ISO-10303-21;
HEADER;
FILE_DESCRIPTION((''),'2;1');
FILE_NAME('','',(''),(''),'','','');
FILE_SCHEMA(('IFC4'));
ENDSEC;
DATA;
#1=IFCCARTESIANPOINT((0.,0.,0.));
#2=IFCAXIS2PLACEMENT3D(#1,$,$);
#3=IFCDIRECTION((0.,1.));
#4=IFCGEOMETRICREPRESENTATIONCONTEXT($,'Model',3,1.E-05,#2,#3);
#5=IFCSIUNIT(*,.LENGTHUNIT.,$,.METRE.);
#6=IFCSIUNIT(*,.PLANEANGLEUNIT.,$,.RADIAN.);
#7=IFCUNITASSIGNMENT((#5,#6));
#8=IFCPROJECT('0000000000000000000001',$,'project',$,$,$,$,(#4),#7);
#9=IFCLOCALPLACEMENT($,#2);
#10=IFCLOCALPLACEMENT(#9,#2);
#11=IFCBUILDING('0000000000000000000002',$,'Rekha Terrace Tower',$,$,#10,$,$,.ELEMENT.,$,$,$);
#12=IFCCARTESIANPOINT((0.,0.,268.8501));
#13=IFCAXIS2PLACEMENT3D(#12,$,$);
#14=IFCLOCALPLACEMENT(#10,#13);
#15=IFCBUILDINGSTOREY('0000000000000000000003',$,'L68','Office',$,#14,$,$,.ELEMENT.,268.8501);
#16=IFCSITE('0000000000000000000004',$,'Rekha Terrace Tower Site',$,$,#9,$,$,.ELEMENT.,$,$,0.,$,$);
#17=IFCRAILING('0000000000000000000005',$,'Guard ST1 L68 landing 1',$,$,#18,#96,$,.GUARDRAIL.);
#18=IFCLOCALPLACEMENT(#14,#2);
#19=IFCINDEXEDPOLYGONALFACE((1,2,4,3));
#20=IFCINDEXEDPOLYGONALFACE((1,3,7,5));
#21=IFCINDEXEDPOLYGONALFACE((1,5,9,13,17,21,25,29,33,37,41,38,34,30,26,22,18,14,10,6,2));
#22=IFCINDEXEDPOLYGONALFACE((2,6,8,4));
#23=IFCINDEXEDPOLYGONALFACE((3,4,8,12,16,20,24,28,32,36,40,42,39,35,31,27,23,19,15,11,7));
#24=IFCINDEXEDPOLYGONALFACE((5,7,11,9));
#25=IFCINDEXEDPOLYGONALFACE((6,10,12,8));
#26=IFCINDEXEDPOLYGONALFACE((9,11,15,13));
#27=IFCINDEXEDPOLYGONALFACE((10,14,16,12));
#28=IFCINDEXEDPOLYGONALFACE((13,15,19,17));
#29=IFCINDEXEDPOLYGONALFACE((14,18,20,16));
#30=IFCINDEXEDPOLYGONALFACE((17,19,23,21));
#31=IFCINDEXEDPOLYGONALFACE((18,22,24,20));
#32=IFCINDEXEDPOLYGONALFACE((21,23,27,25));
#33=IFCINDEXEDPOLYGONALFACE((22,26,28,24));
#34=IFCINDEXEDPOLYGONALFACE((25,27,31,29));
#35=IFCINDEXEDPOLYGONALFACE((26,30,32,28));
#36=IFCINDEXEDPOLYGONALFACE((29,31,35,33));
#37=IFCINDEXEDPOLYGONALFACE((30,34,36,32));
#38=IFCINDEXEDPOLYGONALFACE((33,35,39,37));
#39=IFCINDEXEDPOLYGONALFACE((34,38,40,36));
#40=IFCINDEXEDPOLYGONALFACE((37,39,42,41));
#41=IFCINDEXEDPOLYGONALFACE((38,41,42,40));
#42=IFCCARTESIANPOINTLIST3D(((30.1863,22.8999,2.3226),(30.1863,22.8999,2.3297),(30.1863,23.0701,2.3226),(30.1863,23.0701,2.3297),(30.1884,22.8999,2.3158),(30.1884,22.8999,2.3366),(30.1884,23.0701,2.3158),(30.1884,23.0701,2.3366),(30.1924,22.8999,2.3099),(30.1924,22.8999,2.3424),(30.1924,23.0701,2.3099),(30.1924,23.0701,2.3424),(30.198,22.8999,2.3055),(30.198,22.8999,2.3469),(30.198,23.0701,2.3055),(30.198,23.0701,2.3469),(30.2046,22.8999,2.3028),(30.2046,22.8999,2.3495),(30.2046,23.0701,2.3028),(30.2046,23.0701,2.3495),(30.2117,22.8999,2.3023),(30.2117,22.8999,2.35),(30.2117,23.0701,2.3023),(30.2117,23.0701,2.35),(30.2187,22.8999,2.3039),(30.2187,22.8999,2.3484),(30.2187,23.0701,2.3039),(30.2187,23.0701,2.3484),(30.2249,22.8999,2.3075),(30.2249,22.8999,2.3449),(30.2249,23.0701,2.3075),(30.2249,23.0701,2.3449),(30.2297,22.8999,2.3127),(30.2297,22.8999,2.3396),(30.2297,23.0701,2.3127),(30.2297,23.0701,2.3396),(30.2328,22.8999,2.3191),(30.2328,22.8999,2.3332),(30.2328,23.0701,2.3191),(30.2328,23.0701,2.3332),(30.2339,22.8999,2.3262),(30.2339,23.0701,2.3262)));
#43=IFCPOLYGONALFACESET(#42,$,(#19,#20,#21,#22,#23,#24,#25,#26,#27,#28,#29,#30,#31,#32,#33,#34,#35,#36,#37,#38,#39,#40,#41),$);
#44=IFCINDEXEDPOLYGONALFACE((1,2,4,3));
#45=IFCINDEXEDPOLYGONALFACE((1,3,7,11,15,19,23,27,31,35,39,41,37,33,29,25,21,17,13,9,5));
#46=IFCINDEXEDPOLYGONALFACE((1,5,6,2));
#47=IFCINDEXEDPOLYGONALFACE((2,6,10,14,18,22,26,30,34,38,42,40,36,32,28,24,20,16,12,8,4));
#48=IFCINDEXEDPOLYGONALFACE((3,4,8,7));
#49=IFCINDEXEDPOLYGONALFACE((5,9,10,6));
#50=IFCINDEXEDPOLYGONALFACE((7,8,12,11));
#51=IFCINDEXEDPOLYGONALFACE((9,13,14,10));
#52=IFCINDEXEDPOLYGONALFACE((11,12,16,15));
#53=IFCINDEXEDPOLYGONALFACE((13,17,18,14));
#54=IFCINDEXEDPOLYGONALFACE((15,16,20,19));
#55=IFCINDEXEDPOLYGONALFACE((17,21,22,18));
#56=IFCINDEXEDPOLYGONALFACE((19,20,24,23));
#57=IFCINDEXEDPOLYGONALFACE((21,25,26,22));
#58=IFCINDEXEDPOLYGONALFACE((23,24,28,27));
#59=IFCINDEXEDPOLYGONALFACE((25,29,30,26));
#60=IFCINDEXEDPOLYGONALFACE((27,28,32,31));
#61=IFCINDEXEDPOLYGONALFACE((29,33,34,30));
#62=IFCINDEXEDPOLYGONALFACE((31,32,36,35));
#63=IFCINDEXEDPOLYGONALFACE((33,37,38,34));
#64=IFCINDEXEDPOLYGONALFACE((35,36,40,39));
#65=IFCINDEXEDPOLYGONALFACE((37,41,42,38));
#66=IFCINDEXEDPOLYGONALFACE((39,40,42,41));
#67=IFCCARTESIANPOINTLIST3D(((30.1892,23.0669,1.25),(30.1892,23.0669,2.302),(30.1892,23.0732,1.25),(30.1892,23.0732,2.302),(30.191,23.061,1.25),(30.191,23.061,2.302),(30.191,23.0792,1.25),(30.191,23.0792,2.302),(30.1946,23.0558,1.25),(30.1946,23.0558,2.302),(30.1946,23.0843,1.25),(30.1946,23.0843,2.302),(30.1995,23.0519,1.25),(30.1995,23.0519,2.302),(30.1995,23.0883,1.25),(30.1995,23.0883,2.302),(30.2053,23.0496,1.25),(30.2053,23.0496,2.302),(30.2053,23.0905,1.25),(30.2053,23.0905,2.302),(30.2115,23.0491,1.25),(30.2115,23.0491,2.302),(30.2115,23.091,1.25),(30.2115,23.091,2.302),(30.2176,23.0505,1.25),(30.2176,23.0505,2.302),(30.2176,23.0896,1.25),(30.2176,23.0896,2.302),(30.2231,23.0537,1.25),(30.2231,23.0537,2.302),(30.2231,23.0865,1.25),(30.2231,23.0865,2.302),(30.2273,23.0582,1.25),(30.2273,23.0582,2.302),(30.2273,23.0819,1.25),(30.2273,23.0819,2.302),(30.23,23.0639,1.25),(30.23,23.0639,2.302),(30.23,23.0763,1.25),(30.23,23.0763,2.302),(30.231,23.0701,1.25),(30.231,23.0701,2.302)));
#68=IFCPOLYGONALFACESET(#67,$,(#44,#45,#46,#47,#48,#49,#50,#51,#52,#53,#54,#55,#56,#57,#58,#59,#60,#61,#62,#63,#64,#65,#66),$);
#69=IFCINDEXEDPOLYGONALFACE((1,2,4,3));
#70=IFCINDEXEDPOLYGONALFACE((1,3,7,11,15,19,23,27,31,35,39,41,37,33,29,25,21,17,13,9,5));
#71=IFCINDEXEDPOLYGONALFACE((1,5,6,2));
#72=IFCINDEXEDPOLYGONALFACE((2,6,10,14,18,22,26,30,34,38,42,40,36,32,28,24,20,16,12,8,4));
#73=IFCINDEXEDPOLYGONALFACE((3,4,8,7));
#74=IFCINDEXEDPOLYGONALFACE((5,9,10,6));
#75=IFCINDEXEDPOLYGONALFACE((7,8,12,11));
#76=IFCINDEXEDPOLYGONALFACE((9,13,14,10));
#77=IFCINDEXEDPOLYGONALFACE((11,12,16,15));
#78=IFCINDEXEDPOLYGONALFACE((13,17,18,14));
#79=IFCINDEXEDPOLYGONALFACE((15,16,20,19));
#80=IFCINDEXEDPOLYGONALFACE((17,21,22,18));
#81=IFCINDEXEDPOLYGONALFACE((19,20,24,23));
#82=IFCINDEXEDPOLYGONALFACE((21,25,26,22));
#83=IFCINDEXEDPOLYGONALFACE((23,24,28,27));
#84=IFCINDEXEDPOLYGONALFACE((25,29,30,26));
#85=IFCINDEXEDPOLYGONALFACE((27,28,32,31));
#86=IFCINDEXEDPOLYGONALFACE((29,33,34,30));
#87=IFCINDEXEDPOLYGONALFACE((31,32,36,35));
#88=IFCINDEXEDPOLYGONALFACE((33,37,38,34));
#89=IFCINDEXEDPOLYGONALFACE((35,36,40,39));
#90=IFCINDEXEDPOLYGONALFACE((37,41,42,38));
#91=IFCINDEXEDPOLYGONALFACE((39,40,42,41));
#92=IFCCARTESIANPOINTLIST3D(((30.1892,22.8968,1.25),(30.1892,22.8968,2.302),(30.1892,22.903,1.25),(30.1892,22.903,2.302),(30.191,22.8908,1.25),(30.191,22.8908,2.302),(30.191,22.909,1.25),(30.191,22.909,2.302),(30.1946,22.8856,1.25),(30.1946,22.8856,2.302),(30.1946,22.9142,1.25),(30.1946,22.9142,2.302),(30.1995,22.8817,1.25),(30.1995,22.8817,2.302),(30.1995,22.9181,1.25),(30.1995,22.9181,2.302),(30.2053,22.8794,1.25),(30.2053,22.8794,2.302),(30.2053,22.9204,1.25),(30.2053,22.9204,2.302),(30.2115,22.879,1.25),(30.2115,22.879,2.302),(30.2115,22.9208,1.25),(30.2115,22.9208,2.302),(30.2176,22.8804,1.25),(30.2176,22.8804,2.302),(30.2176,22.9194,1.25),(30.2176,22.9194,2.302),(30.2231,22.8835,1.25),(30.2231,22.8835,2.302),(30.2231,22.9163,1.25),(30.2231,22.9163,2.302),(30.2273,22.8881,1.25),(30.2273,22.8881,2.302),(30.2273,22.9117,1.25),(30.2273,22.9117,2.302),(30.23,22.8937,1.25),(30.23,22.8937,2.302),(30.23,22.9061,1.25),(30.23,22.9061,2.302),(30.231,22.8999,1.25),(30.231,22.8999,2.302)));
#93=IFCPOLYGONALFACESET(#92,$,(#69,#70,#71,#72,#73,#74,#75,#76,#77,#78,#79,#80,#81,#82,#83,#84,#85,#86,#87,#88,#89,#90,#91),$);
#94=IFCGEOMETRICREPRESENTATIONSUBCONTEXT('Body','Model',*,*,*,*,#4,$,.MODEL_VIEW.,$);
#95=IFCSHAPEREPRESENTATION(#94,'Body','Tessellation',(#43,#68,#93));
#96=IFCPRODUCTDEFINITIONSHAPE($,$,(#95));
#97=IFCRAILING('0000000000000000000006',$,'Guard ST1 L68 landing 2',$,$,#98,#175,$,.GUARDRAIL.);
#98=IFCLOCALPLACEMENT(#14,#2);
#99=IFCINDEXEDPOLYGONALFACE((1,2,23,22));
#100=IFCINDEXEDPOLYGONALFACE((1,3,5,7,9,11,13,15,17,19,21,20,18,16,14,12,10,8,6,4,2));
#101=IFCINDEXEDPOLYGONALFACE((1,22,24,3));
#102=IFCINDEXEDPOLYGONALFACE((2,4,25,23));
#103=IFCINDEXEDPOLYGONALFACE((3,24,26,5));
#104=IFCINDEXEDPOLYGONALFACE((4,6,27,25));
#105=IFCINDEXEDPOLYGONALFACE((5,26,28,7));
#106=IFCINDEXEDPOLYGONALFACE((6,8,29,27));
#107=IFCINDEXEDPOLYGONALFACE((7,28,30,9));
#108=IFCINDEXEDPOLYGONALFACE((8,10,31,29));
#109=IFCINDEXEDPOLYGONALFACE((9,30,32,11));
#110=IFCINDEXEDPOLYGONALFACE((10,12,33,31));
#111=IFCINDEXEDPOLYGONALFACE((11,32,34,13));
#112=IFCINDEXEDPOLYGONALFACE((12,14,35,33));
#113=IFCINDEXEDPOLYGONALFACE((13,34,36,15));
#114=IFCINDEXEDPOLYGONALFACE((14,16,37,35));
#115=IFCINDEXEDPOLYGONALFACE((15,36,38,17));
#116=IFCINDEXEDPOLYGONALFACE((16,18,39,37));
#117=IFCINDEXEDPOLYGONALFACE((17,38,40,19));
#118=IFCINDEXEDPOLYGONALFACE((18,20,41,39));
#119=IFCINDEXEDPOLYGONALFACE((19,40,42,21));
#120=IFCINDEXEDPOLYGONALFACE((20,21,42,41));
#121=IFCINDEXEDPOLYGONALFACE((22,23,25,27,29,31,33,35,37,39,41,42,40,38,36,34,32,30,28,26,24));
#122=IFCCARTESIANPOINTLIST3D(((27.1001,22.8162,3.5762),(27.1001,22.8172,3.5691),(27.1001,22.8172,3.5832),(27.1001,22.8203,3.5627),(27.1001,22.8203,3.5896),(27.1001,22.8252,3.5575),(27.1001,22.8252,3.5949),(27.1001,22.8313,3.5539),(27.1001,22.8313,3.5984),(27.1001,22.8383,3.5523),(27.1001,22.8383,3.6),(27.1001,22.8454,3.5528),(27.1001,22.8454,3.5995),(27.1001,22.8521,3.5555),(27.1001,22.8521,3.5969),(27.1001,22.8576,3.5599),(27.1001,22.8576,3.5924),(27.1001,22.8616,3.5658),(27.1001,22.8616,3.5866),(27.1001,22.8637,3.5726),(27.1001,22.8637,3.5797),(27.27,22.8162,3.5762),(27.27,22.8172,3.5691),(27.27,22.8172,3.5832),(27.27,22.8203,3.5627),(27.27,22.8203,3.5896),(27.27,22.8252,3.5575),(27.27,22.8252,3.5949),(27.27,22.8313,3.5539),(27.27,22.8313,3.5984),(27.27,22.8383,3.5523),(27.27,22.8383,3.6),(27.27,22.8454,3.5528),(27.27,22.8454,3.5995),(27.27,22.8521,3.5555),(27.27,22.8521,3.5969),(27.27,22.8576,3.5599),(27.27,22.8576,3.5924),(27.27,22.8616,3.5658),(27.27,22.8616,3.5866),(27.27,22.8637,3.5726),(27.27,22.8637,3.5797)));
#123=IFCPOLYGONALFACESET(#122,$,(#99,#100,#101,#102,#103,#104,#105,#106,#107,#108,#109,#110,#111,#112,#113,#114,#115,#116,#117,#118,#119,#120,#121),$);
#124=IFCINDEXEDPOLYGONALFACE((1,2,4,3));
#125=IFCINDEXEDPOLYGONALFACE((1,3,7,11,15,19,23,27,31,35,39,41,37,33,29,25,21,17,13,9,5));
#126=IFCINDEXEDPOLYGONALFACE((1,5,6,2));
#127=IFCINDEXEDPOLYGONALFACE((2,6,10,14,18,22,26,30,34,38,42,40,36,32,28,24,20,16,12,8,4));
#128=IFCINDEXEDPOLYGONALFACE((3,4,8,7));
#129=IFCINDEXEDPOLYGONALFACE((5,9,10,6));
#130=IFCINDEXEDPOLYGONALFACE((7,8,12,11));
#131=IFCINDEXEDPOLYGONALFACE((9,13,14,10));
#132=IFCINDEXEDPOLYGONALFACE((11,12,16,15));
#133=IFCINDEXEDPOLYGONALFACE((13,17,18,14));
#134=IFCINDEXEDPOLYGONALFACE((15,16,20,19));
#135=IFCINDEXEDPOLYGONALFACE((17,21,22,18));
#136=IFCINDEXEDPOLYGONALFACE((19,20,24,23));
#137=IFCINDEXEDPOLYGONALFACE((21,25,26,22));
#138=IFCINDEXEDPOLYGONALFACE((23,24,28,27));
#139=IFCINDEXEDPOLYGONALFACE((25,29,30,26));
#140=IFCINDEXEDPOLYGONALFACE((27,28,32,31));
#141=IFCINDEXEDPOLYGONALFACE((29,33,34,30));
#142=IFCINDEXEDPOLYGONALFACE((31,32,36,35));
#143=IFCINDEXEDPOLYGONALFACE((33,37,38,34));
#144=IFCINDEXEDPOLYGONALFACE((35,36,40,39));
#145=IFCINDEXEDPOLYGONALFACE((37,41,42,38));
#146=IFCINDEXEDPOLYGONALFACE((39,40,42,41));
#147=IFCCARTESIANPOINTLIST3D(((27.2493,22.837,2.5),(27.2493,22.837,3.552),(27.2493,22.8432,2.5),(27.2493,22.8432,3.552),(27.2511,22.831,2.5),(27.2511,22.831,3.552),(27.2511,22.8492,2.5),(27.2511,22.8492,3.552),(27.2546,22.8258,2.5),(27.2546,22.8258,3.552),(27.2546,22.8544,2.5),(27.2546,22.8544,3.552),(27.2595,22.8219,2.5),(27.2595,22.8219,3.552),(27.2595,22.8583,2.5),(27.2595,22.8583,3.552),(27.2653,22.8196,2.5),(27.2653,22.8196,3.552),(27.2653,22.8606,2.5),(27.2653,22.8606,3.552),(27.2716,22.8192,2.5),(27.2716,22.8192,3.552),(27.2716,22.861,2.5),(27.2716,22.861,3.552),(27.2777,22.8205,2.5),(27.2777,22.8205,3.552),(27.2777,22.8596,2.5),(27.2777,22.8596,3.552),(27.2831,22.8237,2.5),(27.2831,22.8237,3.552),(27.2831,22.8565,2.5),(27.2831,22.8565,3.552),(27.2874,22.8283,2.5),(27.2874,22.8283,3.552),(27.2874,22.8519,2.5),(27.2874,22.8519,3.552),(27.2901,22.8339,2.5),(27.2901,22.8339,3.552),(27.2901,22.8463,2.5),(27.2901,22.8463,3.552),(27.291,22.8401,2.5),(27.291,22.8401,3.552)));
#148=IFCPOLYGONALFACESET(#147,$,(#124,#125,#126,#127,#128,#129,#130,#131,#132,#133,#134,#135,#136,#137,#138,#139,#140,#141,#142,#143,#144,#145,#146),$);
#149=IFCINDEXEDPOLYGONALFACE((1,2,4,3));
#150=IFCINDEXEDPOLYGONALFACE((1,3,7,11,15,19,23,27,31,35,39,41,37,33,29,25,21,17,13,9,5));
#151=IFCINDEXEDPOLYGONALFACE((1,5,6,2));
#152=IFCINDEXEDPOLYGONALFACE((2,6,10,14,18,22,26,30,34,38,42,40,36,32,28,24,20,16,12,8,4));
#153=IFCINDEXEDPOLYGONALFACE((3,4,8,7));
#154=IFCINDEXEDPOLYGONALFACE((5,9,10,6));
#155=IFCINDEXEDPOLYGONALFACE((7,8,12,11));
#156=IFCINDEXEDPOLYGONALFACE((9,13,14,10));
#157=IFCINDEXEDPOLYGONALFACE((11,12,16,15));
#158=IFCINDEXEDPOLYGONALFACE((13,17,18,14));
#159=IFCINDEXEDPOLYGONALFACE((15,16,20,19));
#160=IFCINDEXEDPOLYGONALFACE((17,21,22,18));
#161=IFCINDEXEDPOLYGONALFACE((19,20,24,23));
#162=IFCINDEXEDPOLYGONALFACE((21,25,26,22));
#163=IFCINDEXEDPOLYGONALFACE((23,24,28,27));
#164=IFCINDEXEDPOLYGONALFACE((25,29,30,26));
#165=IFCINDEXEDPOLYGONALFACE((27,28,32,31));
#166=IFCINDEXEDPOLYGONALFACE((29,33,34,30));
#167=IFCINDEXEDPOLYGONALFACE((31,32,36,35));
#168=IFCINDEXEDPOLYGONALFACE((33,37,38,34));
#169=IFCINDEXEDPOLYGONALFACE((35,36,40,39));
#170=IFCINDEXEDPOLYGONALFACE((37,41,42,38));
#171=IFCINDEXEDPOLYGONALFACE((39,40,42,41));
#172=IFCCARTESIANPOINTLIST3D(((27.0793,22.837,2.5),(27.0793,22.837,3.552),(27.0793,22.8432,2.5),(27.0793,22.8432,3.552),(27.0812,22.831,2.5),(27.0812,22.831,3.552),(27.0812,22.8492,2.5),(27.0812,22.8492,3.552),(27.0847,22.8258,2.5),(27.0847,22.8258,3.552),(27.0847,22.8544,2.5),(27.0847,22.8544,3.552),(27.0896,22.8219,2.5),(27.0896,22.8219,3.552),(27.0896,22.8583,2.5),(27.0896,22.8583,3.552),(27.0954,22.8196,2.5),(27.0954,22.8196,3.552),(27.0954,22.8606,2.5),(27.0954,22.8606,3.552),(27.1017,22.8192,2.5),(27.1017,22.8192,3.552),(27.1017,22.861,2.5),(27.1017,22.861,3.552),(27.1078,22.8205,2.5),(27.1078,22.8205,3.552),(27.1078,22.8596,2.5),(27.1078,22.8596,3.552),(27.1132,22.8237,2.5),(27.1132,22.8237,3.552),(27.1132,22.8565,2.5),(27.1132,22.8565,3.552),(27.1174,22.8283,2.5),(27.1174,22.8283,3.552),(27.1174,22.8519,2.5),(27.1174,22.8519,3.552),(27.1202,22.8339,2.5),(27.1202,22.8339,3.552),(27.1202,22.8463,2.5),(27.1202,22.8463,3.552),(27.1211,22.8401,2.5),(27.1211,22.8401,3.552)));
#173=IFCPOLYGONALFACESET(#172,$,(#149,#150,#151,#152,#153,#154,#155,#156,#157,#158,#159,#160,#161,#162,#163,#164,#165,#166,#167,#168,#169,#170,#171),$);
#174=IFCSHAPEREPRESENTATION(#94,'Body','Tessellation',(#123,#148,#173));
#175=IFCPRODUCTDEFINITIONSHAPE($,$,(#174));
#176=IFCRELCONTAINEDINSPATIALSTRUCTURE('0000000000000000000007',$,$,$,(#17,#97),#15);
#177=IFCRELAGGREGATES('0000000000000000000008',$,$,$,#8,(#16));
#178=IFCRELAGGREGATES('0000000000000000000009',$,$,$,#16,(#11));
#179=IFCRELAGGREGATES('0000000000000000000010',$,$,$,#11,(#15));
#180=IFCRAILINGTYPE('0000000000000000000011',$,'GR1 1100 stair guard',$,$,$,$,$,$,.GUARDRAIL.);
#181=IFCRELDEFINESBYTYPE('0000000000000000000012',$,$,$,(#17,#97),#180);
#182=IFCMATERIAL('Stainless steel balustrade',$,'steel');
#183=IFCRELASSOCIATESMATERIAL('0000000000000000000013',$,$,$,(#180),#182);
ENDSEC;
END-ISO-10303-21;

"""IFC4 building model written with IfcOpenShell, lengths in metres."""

from ifc_helpers import new_model, si_unit, direction, frame, origin, origin_2d, place, context, subcontext, project, spatial, circle, extrude, material, type_object, element, save


model = new_model("IFC4")

# Units and contexts
model_context = context("Model", 3, precision=1e-05, world=origin(), true_north=direction((0.0, 1.0)))
body_context = subcontext(model_context, "Body", "Model", "MODEL_VIEW")
ifc_project = project(units=[si_unit("LENGTHUNIT", "METRE"), si_unit("PLANEANGLEUNIT", "RADIAN")], contexts=[model_context])

# Site, building, storey
site_placement = place(None, origin())
site = spatial("IfcSite", under=ifc_project, at=site_placement, Name="Rekha Terrace Tower Site", CompositionType="ELEMENT", RefElevation=0.0)
building_placement = place(site_placement, origin())
building = spatial("IfcBuilding", under=site, at=building_placement, Name="Rekha Terrace Tower", CompositionType="ELEMENT")
storey_placement = place(building_placement, frame((0.0, 0.0, 268.8501)))
storey = spatial("IfcBuildingStorey", under=building, at=storey_placement, Name="L68", Description="Office", CompositionType="ELEMENT", Elevation=268.8501)

# Railings
ifc_material_1 = material(Name="Stainless steel balustrade", Category="steel")
railing_type_1 = type_object("IfcRailingType", Name="GR1 1100 stair guard", PredefinedType="GUARDRAIL", material=ifc_material_1)
railing_1_placement = place(storey_placement, frame((30.21, 23.0701, 1.25)))
element("IfcRailing", 1, at=railing_1_placement, inside=storey, type_object=railing_type_1, Name="Guard ST1 L68 landing 1", PredefinedType="GUARDRAIL", context=body_context, shape_type="SweptSolid", body=[
    extrude(circle(Radius=0.0239, at=origin_2d()), frame((0.0, 0.0, 1.0762), z_axis=(0.0, -1.0, 0.0), x_axis=(1.0, 0.0, 0.0)), (0.0, 0.0, 1.0), 0.1702),
    extrude(circle(Radius=0.021, at=origin_2d()), origin(), (0.0, 0.0, 1.0), 1.052),
    extrude(circle(Radius=0.021, at=origin_2d()), frame((0.0, -0.1702, 0.0)), (0.0, 0.0, 1.0), 1.052),
])
railing_2_placement = place(storey_placement, frame((27.27, 22.8401, 2.5)))
element("IfcRailing", 2, at=railing_2_placement, inside=storey, type_object=railing_type_1, Name="Guard ST1 L68 landing 2", PredefinedType="GUARDRAIL", context=body_context, shape_type="SweptSolid", body=[
    extrude(circle(Radius=0.0239, at=origin_2d()), frame((0.0, 0.0, 1.0762), z_axis=(-1.0, 0.0, 0.0), x_axis=(0.0, -1.0, 0.0)), (0.0, 0.0, 1.0), 0.1699),
    extrude(circle(Radius=0.021, at=origin_2d()), origin(), (0.0, 0.0, 1.0), 1.052),
    extrude(circle(Radius=0.021, at=origin_2d()), frame((-0.1699, 0.0, 0.0)), (0.0, 0.0, 1.0), 1.052),
])

save(model, "model.ifc")
